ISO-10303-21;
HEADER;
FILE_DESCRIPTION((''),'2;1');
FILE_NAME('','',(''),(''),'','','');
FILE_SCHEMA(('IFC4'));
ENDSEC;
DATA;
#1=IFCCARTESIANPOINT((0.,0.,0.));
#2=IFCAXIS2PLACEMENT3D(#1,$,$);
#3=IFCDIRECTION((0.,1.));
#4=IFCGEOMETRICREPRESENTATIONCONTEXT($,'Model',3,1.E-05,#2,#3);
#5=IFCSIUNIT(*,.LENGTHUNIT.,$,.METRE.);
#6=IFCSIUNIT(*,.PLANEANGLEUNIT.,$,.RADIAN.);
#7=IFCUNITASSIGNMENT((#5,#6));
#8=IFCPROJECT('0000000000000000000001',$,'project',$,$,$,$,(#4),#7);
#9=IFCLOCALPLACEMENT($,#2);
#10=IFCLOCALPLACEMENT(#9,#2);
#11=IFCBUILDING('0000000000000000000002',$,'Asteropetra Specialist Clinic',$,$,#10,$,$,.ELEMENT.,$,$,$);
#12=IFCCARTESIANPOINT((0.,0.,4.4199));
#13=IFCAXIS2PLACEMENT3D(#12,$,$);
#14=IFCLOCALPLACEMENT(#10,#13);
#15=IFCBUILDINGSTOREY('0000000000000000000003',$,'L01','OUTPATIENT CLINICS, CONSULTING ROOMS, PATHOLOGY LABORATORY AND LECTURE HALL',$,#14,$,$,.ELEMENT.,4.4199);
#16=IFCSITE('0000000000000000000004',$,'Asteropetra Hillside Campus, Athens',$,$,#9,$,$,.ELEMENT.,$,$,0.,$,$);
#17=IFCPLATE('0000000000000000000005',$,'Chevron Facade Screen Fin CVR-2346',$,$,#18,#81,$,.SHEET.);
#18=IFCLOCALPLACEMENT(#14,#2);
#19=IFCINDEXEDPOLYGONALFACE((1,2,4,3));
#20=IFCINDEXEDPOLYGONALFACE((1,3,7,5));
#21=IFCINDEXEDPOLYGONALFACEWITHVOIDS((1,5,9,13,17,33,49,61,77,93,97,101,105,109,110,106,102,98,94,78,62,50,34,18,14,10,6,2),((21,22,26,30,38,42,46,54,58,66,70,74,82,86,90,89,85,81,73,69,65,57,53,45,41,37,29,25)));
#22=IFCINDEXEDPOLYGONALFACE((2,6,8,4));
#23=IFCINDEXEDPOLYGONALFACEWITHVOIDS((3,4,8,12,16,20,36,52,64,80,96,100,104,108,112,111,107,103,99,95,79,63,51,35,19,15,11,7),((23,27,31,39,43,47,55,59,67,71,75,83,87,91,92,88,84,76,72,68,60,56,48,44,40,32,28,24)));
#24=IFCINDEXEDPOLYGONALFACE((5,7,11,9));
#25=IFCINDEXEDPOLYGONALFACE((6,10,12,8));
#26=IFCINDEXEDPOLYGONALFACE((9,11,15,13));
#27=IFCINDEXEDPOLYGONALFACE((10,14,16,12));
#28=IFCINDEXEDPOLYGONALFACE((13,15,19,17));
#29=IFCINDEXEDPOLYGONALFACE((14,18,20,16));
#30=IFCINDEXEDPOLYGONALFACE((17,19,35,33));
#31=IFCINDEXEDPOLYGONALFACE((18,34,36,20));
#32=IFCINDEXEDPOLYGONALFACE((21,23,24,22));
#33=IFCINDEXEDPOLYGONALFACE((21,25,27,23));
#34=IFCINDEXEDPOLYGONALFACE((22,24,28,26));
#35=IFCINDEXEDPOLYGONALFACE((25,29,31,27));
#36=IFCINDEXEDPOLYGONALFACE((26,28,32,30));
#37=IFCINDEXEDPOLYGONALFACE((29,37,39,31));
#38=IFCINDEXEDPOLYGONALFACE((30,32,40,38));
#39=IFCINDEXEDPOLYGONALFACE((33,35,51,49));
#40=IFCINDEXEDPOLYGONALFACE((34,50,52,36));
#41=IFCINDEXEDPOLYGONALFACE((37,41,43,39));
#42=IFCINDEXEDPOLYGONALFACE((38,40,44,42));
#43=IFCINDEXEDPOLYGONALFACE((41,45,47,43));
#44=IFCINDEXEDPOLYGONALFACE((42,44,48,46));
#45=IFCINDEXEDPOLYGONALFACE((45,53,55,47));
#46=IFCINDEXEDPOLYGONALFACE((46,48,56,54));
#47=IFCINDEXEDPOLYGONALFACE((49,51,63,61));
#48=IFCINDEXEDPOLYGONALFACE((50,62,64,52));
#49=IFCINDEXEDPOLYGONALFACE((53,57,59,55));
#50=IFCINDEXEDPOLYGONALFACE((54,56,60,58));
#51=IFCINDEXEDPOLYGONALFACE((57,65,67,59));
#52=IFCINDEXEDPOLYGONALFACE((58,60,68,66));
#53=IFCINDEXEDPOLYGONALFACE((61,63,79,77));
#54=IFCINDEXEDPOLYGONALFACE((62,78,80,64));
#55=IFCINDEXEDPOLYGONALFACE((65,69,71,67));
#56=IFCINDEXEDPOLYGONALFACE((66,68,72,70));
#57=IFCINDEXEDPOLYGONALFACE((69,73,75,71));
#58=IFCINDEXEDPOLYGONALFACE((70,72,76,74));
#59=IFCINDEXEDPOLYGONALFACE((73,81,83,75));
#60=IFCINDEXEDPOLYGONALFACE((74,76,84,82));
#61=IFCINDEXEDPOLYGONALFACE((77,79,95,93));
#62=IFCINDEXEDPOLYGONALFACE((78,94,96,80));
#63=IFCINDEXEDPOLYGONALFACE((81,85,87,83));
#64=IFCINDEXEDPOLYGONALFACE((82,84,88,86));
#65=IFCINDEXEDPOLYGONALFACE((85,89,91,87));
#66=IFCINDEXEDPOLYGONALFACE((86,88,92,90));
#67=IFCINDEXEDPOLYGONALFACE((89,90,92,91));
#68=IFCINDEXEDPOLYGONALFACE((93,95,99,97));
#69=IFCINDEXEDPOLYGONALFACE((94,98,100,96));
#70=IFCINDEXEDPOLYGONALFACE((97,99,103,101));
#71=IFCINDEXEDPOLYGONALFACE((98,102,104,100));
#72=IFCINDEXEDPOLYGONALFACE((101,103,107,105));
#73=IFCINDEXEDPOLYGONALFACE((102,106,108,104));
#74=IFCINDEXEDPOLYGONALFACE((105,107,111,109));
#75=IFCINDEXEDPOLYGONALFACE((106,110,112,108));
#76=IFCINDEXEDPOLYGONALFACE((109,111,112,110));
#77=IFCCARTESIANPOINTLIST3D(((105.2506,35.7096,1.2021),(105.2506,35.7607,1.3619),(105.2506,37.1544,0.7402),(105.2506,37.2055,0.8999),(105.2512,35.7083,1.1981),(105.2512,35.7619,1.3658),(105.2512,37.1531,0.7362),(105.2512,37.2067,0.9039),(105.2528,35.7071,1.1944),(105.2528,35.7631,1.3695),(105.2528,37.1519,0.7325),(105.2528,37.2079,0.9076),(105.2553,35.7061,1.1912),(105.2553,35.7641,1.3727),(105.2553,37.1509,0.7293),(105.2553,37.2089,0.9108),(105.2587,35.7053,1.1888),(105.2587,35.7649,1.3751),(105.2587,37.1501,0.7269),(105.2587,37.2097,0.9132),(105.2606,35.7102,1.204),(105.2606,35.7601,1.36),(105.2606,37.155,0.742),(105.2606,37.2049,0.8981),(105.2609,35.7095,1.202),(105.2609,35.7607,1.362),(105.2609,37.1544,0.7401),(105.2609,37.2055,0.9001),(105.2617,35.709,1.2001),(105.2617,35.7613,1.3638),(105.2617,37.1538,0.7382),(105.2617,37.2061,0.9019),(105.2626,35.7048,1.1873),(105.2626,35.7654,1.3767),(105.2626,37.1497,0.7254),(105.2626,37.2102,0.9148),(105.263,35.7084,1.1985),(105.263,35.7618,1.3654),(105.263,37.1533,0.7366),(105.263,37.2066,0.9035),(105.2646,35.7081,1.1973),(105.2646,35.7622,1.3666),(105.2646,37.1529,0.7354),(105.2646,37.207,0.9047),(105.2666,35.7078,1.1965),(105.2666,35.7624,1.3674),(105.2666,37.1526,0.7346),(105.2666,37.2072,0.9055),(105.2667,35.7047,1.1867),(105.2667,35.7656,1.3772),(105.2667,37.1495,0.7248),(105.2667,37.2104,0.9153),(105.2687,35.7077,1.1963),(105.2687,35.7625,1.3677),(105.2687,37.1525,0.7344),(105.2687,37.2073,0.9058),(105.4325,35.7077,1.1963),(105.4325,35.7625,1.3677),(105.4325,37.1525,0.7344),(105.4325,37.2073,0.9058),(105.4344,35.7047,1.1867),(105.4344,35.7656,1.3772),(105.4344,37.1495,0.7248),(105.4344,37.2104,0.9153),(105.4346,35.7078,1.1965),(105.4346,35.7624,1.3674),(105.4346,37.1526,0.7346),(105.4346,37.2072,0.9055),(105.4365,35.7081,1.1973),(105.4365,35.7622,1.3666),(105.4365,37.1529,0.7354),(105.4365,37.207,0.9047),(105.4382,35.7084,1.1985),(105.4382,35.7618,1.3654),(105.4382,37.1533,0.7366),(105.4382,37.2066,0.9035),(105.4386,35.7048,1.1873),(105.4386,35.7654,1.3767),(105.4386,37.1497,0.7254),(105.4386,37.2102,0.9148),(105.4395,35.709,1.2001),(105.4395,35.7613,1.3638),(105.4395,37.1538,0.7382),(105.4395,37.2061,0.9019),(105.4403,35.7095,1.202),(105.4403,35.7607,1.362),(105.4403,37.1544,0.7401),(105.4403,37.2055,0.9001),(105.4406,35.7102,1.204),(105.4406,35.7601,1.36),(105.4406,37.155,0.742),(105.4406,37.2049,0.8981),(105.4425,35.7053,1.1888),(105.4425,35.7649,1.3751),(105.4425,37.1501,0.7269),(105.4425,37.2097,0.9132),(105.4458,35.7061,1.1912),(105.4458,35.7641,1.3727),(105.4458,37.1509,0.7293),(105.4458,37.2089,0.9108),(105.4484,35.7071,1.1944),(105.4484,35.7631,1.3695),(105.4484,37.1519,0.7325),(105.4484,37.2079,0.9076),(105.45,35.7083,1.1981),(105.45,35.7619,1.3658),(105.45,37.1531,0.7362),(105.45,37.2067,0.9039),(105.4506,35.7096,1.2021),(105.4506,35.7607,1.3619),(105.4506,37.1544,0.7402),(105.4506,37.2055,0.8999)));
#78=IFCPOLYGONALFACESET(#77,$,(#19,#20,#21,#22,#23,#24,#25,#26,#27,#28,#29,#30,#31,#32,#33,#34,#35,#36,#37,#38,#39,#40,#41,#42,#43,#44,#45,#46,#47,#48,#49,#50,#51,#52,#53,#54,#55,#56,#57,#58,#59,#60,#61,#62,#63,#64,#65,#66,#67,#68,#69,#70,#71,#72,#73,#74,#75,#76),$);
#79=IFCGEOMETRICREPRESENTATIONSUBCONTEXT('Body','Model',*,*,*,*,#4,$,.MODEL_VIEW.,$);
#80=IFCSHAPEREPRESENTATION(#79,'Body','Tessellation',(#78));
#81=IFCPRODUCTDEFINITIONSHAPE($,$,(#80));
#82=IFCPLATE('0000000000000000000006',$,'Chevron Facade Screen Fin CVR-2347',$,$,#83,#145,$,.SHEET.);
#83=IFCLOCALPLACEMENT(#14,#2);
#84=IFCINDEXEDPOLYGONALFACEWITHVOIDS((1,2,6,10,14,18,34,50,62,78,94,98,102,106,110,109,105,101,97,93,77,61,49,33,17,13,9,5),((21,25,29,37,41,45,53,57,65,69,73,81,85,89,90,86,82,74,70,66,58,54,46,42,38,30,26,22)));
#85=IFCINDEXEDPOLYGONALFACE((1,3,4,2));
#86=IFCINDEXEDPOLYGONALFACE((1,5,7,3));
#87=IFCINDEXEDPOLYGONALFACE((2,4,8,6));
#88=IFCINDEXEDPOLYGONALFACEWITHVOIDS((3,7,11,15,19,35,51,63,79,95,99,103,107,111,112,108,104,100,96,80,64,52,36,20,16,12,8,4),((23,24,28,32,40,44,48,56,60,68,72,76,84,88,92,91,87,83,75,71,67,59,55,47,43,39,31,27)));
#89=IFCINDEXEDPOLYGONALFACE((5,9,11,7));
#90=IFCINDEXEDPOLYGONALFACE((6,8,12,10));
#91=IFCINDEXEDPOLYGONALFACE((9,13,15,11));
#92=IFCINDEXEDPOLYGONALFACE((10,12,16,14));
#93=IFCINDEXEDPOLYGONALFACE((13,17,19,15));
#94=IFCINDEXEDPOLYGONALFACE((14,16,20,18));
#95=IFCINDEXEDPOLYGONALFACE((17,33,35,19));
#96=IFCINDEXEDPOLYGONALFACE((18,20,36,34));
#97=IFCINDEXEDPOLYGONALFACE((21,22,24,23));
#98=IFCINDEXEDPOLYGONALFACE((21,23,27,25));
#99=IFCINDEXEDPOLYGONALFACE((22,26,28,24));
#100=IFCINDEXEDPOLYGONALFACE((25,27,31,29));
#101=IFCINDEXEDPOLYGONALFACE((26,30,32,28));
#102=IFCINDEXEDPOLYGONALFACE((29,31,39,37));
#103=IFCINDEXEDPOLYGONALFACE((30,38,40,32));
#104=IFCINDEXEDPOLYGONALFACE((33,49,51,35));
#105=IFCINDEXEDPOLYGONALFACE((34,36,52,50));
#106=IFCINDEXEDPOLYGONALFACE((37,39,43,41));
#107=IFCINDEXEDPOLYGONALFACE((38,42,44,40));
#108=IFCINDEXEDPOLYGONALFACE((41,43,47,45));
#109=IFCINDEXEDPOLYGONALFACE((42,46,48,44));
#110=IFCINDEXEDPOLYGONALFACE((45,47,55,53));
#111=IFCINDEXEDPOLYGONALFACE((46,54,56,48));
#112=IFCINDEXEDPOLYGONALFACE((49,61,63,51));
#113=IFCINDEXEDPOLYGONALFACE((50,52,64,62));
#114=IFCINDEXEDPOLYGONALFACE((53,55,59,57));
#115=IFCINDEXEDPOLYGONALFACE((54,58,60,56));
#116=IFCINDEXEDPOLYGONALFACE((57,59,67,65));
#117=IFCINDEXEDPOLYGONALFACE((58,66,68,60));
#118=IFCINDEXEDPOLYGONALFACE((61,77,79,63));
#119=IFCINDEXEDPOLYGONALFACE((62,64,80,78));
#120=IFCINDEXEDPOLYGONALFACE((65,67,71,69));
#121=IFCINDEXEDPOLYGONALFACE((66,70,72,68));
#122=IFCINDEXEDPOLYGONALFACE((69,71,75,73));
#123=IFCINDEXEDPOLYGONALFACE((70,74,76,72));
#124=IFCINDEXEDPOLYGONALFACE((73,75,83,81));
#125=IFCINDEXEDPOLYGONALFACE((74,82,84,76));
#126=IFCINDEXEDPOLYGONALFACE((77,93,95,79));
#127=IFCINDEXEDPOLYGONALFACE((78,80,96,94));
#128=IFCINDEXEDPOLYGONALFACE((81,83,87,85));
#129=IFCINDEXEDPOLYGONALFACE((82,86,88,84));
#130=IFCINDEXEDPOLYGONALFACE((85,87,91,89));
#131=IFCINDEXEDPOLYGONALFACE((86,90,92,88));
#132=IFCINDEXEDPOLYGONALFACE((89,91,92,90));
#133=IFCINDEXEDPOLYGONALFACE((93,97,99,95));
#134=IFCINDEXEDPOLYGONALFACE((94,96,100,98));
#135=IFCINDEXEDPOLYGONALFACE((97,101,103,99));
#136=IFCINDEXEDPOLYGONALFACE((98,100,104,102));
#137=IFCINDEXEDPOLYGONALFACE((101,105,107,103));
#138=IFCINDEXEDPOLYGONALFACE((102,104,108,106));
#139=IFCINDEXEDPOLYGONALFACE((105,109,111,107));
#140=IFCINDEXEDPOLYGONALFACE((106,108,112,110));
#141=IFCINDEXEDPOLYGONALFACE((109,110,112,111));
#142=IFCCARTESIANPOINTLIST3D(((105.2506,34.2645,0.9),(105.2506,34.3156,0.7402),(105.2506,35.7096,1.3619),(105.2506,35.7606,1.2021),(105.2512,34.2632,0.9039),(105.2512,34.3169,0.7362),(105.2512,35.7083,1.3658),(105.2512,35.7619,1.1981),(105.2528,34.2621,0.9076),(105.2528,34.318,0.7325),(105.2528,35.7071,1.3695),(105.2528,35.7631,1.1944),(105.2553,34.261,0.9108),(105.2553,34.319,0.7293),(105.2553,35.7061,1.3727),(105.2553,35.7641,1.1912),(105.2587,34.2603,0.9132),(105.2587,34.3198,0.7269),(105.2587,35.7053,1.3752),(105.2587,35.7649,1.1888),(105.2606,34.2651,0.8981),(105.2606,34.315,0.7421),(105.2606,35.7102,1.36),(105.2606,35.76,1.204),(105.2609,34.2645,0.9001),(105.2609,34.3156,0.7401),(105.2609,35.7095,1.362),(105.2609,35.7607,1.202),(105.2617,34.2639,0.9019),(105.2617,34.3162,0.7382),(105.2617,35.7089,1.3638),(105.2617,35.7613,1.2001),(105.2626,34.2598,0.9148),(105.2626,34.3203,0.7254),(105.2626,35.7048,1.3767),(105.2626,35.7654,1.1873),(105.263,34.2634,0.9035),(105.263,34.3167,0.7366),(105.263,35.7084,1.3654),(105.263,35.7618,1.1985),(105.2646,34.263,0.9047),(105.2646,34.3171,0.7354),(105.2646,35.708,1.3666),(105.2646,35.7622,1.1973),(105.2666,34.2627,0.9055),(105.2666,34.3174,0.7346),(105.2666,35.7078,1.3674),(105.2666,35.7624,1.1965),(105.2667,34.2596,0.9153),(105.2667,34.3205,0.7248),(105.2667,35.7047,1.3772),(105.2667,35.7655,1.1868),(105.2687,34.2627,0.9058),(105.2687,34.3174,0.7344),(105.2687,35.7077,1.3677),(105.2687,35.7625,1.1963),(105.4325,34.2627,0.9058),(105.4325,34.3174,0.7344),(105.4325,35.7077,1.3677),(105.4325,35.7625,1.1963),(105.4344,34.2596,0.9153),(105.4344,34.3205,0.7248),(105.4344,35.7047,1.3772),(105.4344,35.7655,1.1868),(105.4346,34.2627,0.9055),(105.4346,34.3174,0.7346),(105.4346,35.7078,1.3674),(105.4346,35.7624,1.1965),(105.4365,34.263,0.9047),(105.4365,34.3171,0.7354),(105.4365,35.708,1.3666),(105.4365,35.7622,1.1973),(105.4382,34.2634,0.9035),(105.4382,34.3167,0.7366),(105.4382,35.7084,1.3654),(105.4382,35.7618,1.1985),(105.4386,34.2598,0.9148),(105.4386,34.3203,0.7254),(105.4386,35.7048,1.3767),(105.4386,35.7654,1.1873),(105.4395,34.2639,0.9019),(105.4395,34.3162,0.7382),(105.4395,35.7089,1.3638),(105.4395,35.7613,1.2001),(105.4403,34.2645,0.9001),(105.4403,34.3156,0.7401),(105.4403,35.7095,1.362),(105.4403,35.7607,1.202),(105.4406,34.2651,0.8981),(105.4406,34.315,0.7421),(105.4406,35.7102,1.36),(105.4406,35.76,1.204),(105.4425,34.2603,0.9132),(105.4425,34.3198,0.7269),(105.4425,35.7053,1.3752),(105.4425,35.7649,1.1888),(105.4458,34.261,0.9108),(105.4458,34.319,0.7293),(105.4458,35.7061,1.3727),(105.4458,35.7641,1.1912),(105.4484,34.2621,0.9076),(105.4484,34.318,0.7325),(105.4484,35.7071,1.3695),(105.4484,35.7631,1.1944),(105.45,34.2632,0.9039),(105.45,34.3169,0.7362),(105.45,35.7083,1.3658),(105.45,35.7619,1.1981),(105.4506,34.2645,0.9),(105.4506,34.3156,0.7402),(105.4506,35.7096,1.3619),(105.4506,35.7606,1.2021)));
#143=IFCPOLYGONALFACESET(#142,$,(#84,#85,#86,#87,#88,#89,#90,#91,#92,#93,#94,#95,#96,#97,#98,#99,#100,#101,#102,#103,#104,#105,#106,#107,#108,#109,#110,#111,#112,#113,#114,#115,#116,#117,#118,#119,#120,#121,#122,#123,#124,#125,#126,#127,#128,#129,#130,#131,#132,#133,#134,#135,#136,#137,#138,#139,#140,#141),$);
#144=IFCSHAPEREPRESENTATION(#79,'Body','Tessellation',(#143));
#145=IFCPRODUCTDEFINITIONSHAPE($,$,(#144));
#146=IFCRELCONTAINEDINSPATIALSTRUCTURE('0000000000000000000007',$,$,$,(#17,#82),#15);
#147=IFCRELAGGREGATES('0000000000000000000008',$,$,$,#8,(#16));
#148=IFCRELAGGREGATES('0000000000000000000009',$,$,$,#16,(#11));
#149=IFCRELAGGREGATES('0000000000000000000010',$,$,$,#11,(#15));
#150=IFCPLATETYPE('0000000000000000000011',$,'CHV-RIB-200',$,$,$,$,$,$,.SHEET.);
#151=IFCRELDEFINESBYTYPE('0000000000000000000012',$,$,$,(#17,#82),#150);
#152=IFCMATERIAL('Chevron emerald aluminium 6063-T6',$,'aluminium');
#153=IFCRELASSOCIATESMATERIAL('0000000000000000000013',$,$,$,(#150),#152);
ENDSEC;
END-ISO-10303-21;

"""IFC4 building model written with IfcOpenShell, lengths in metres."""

from ifc_helpers import new_model, si_unit, direction, frame, origin, origin_2d, place, context, subcontext, project, spatial, hollow_rectangle, extrude, material, material_profile, profile_set, type_object, element, save


model = new_model("IFC4")

# Units and contexts
model_context = context("Model", 3, precision=1e-05, world=origin(), true_north=direction((0.0, 1.0)))
body_context = subcontext(model_context, "Body", "Model", "MODEL_VIEW")
ifc_project = project(units=[si_unit("LENGTHUNIT", "METRE"), si_unit("PLANEANGLEUNIT", "RADIAN")], contexts=[model_context])

# Site, building, storey
site_placement = place(None, origin())
site = spatial("IfcSite", under=ifc_project, at=site_placement, Name="Asteropetra Hillside Campus, Athens", CompositionType="ELEMENT", RefElevation=0.0)
building_placement = place(site_placement, origin())
building = spatial("IfcBuilding", under=site, at=building_placement, Name="Asteropetra Specialist Clinic", CompositionType="ELEMENT")
storey_placement = place(building_placement, frame((0.0, 0.0, 4.4199)))
storey = spatial("IfcBuildingStorey", under=building, at=storey_placement, Name="L01", Description="OUTPATIENT CLINICS, CONSULTING ROOMS, PATHOLOGY LABORATORY AND LECTURE HALL", CompositionType="ELEMENT", Elevation=4.4199)

# Plates
ifc_material_1 = material(Name="Chevron emerald aluminium 6063-T6", Category="aluminium")
ifc_material_profile_1 = material_profile(ifc_material_1, hollow_rectangle(XDim=0.2, YDim=0.2, WallThickness=0.01, InnerFilletRadius=0.0081, OuterFilletRadius=0.0161, at=origin_2d()), Name="SHS 200x200x10.0")
ifc_profile_set_1 = profile_set([ifc_material_profile_1], Name="Chevron emerald aluminium 6063-T6")
plate_type = type_object("IfcPlateType", Name="CHV-RIB-200", PredefinedType="SHEET", material=ifc_profile_set_1)
plate_1_placement = place(storey_placement, frame((105.3506, 37.1799, 0.8201), z_axis=(0.0, -0.952506, 0.304519), x_axis=(1.0, 0.0, 0.0)))
element("IfcPlate", 1, at=plate_1_placement, inside=storey, type_object=plate_type, Name="Chevron Facade Screen Fin CVR-2346", PredefinedType="SHEET", context=body_context, shape_type="SweptSolid", body=[
    extrude(hollow_rectangle(XDim=0.2, YDim=0.2, WallThickness=0.01, InnerFilletRadius=0.0081, OuterFilletRadius=0.0161, at=origin_2d()), origin(), (0.0, 0.0, 1.0), 1.5168),
])
plate_2_placement = place(storey_placement, frame((105.3506, 35.7351, 1.282), z_axis=(0.0, -0.952521, -0.304472), x_axis=(1.0, 0.0, 0.0)))
element("IfcPlate", 2, at=plate_2_placement, inside=storey, type_object=plate_type, Name="Chevron Facade Screen Fin CVR-2347", PredefinedType="SHEET", context=body_context, shape_type="SweptSolid", body=[
    extrude(hollow_rectangle(XDim=0.2, YDim=0.2, WallThickness=0.01, InnerFilletRadius=0.0081, OuterFilletRadius=0.0161, at=origin_2d()), origin(), (0.0, 0.0, 1.0), 1.5171),
])

save(model, "model.ifc")
